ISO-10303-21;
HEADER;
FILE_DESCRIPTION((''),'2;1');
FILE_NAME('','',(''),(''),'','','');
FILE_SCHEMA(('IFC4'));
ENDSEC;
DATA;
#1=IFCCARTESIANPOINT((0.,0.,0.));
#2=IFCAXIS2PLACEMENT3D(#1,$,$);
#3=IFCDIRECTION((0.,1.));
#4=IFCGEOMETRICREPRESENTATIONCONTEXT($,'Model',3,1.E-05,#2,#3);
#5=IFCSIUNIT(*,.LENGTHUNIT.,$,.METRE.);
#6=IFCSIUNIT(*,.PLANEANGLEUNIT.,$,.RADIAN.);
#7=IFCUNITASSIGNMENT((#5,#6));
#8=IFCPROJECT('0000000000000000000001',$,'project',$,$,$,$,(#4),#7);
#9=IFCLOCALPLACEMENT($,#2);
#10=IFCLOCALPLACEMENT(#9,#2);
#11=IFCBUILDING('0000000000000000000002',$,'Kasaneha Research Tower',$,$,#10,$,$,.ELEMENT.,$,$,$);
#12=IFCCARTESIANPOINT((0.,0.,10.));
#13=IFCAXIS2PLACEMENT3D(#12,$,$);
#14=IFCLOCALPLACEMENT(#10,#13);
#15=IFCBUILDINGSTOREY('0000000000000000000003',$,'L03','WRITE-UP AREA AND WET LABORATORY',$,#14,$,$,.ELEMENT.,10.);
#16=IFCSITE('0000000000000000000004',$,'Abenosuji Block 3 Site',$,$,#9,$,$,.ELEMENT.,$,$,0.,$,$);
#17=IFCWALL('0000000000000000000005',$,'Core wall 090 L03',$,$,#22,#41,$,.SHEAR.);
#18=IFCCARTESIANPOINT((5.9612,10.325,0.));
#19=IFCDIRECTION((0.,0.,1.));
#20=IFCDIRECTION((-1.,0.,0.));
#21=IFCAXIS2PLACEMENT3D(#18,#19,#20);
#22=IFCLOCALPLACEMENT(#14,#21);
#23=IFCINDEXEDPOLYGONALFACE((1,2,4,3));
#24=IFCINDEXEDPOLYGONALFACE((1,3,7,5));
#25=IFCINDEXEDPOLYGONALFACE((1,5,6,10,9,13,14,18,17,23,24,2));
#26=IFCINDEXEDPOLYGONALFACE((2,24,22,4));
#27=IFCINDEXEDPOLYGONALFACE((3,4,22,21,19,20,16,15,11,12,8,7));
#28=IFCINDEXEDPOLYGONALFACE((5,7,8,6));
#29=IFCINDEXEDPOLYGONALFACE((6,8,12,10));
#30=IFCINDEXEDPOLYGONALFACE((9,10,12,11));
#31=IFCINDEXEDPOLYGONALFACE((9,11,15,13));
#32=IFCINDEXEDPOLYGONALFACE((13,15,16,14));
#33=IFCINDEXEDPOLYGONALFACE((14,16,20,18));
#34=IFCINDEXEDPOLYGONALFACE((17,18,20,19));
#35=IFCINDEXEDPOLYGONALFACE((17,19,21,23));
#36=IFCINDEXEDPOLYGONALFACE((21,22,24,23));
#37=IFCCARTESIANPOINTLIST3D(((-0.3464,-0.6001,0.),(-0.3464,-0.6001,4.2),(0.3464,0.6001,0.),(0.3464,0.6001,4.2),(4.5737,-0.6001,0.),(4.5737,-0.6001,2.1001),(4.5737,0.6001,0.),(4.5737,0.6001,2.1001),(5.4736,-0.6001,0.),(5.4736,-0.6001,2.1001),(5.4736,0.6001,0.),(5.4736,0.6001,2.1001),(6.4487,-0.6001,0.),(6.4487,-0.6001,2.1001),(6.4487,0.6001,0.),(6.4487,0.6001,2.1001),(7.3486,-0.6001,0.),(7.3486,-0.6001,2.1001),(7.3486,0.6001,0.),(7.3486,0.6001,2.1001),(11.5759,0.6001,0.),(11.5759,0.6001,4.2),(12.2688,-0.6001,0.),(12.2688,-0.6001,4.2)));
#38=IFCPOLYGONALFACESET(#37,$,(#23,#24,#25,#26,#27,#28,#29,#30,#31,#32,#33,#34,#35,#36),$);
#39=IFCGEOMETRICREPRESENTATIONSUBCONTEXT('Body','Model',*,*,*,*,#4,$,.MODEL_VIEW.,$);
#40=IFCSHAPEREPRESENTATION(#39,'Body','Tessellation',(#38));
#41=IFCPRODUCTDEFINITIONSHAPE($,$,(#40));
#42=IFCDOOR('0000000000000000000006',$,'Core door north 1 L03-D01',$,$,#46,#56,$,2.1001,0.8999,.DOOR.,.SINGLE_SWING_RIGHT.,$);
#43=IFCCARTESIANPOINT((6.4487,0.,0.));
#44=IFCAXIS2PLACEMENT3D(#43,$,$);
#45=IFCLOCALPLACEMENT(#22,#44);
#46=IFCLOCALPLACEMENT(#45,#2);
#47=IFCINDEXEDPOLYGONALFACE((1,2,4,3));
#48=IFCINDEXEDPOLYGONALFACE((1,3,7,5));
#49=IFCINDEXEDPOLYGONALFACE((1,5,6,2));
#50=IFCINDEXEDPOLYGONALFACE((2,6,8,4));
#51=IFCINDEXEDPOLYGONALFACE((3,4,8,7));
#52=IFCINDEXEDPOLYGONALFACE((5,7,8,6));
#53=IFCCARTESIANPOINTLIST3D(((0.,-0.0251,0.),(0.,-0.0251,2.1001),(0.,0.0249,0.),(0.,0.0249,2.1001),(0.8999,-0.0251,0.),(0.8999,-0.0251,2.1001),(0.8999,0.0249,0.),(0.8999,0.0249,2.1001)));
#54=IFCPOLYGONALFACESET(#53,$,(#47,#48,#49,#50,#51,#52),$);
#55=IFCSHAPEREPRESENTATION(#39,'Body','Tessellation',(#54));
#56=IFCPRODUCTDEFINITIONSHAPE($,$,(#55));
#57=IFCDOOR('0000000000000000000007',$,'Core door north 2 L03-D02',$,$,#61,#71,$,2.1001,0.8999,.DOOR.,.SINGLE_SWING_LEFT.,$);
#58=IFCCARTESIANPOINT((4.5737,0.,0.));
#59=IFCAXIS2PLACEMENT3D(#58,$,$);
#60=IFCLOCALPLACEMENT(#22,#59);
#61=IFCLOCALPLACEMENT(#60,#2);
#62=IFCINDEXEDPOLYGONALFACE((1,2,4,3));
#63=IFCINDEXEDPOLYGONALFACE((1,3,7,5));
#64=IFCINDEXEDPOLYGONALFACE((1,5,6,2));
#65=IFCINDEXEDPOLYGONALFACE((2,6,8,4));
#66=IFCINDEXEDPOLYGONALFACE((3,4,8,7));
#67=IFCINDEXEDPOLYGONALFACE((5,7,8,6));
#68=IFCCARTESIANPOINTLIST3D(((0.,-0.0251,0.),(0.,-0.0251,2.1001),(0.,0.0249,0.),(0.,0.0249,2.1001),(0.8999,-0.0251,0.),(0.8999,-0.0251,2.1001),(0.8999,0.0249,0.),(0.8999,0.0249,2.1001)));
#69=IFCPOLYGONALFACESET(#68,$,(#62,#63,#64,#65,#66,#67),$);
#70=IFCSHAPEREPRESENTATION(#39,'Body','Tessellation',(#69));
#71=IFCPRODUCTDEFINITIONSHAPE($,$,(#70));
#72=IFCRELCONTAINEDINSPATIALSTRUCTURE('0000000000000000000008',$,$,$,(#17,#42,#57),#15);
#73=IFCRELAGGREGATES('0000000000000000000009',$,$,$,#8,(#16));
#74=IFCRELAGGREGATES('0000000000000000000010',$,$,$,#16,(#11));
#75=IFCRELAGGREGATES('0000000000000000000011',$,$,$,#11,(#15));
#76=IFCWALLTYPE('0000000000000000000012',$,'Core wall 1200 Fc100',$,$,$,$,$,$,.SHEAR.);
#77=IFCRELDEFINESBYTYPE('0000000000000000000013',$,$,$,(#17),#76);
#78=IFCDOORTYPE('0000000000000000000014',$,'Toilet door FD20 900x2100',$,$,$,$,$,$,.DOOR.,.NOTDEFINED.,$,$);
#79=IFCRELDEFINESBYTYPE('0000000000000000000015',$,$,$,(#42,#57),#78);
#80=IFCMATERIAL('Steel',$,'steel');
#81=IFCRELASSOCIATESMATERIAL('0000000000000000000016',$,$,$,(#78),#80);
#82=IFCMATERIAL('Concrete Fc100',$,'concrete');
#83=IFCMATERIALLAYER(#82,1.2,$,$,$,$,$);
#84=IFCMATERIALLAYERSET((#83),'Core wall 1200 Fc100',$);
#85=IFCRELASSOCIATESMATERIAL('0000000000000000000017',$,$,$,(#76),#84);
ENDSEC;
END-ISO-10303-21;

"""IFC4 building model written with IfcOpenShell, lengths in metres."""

from ifc_helpers import new_model, si_unit, direction, frame, frame_2d, origin, place, context, subcontext, project, spatial, polyline, rectangle, outline, extrude, material, layer, layer_set, type_object, element, fill, save


model = new_model("IFC4")

# Units and contexts
model_context = context("Model", 3, precision=1e-05, world=origin(), true_north=direction((0.0, 1.0)))
body_context = subcontext(model_context, "Body", "Model", "MODEL_VIEW")
ifc_project = project(units=[si_unit("LENGTHUNIT", "METRE"), si_unit("PLANEANGLEUNIT", "RADIAN")], contexts=[model_context])

# Site, building, storey
site_placement = place(None, origin())
site = spatial("IfcSite", under=ifc_project, at=site_placement, Name="Abenosuji Block 3 Site", CompositionType="ELEMENT", RefElevation=0.0)
building_placement = place(site_placement, origin())
building = spatial("IfcBuilding", under=site, at=building_placement, Name="Kasaneha Research Tower", CompositionType="ELEMENT")
storey_placement = place(building_placement, frame((0.0, 0.0, 10.0)))
storey = spatial("IfcBuildingStorey", under=building, at=storey_placement, Name="L03", Description="WRITE-UP AREA AND WET LABORATORY", CompositionType="ELEMENT", Elevation=10.0)

# Shared definitions
ifc_material_1 = material(Name="Steel", Category="steel")
door_type_1 = type_object("IfcDoorType", Name="Toilet door FD20 900x2100", OperationType="NOTDEFINED", PredefinedType="DOOR", material=ifc_material_1)

# Wall, openings, doors
ifc_material_2 = material(Name="Concrete Fc100", Category="concrete")
ifc_layer_1 = layer(ifc_material_2, 1.2)
ifc_layer_set_1 = layer_set([ifc_layer_1], Name="Core wall 1200 Fc100")
wall_type_1 = type_object("IfcWallType", Name="Core wall 1200 Fc100", PredefinedType="SHEAR", material=ifc_layer_set_1)
wall_1_placement = place(storey_placement, frame((5.9612, 10.325, 0.0), z_axis=(0.0, 0.0, 1.0), x_axis=(-1.0, 0.0, 0.0)))
wall_1 = element("IfcWall", 1, at=wall_1_placement, inside=storey, type_object=wall_type_1, Name="Core wall 090 L03", PredefinedType="SHEAR", context=body_context, shape_type="SweptSolid", body=[
    extrude(outline(polyline([(-0.3464, -0.6001), (4.5737, -0.6001), (5.4736, -0.6001), (6.4487, -0.6001), (7.3486, -0.6001), (12.2688, -0.6001), (11.5759, 0.6001), (7.3486, 0.6001), (6.4487, 0.6001), (5.4736, 0.6001), (4.5737, 0.6001), (0.3464, 0.6001), (-0.3464, -0.6001)])), origin(), (0.0, 0.0, 1.0), 4.2),
])
opening_1_placement = place(wall_1_placement, frame((6.4487, 0.0, 0.0)))
opening_1 = element("IfcOpeningElement", 2, at=opening_1_placement, cuts=wall_1, PredefinedType="OPENING", context=body_context, shape_type="SweptSolid", body=[
    extrude(rectangle(XDim=0.8999, YDim=2.1001, at=frame_2d((0.45, 1.05))), frame((0.0, 0.6099, 0.0), z_axis=(0.0, -1.0, 0.0), x_axis=(1.0, 0.0, 0.0)), (0.0, 0.0, 1.0), 1.22),
])
opening_2_placement = place(wall_1_placement, frame((4.5737, 0.0, 0.0)))
opening_2 = element("IfcOpeningElement", 3, at=opening_2_placement, cuts=wall_1, PredefinedType="OPENING", context=body_context, shape_type="SweptSolid", body=[
    extrude(rectangle(XDim=0.8999, YDim=2.1001, at=frame_2d((0.45, 1.05))), frame((0.0, 0.6099, 0.0), z_axis=(0.0, -1.0, 0.0), x_axis=(1.0, 0.0, 0.0)), (0.0, 0.0, 1.0), 1.22),
])
door_1_placement = place(opening_1_placement, origin())
door_1 = element("IfcDoor", 4, at=door_1_placement, inside=storey, type_object=door_type_1, Name="Core door north 1 L03-D01", OperationType="SINGLE_SWING_RIGHT", OverallHeight=2.1001, OverallWidth=0.8999, PredefinedType="DOOR", context=body_context, shape_type="SweptSolid", body=[
    extrude(rectangle(XDim=0.8999, YDim=2.1001, at=frame_2d((0.45, 1.05))), frame((0.0, 0.0249, 0.0), z_axis=(0.0, -1.0, 0.0), x_axis=(1.0, 0.0, 0.0)), (0.0, 0.0, 1.0), 0.05),
])
fill(opening_1, door_1)
door_2_placement = place(opening_2_placement, origin())
door_2 = element("IfcDoor", 5, at=door_2_placement, inside=storey, type_object=door_type_1, Name="Core door north 2 L03-D02", OperationType="SINGLE_SWING_LEFT", OverallHeight=2.1001, OverallWidth=0.8999, PredefinedType="DOOR", context=body_context, shape_type="SweptSolid", body=[
    extrude(rectangle(XDim=0.8999, YDim=2.1001, at=frame_2d((0.45, 1.05))), frame((0.0, 0.0249, 0.0), z_axis=(0.0, -1.0, 0.0), x_axis=(1.0, 0.0, 0.0)), (0.0, 0.0, 1.0), 0.05),
])
fill(opening_2, door_2)

save(model, "model.ifc")
